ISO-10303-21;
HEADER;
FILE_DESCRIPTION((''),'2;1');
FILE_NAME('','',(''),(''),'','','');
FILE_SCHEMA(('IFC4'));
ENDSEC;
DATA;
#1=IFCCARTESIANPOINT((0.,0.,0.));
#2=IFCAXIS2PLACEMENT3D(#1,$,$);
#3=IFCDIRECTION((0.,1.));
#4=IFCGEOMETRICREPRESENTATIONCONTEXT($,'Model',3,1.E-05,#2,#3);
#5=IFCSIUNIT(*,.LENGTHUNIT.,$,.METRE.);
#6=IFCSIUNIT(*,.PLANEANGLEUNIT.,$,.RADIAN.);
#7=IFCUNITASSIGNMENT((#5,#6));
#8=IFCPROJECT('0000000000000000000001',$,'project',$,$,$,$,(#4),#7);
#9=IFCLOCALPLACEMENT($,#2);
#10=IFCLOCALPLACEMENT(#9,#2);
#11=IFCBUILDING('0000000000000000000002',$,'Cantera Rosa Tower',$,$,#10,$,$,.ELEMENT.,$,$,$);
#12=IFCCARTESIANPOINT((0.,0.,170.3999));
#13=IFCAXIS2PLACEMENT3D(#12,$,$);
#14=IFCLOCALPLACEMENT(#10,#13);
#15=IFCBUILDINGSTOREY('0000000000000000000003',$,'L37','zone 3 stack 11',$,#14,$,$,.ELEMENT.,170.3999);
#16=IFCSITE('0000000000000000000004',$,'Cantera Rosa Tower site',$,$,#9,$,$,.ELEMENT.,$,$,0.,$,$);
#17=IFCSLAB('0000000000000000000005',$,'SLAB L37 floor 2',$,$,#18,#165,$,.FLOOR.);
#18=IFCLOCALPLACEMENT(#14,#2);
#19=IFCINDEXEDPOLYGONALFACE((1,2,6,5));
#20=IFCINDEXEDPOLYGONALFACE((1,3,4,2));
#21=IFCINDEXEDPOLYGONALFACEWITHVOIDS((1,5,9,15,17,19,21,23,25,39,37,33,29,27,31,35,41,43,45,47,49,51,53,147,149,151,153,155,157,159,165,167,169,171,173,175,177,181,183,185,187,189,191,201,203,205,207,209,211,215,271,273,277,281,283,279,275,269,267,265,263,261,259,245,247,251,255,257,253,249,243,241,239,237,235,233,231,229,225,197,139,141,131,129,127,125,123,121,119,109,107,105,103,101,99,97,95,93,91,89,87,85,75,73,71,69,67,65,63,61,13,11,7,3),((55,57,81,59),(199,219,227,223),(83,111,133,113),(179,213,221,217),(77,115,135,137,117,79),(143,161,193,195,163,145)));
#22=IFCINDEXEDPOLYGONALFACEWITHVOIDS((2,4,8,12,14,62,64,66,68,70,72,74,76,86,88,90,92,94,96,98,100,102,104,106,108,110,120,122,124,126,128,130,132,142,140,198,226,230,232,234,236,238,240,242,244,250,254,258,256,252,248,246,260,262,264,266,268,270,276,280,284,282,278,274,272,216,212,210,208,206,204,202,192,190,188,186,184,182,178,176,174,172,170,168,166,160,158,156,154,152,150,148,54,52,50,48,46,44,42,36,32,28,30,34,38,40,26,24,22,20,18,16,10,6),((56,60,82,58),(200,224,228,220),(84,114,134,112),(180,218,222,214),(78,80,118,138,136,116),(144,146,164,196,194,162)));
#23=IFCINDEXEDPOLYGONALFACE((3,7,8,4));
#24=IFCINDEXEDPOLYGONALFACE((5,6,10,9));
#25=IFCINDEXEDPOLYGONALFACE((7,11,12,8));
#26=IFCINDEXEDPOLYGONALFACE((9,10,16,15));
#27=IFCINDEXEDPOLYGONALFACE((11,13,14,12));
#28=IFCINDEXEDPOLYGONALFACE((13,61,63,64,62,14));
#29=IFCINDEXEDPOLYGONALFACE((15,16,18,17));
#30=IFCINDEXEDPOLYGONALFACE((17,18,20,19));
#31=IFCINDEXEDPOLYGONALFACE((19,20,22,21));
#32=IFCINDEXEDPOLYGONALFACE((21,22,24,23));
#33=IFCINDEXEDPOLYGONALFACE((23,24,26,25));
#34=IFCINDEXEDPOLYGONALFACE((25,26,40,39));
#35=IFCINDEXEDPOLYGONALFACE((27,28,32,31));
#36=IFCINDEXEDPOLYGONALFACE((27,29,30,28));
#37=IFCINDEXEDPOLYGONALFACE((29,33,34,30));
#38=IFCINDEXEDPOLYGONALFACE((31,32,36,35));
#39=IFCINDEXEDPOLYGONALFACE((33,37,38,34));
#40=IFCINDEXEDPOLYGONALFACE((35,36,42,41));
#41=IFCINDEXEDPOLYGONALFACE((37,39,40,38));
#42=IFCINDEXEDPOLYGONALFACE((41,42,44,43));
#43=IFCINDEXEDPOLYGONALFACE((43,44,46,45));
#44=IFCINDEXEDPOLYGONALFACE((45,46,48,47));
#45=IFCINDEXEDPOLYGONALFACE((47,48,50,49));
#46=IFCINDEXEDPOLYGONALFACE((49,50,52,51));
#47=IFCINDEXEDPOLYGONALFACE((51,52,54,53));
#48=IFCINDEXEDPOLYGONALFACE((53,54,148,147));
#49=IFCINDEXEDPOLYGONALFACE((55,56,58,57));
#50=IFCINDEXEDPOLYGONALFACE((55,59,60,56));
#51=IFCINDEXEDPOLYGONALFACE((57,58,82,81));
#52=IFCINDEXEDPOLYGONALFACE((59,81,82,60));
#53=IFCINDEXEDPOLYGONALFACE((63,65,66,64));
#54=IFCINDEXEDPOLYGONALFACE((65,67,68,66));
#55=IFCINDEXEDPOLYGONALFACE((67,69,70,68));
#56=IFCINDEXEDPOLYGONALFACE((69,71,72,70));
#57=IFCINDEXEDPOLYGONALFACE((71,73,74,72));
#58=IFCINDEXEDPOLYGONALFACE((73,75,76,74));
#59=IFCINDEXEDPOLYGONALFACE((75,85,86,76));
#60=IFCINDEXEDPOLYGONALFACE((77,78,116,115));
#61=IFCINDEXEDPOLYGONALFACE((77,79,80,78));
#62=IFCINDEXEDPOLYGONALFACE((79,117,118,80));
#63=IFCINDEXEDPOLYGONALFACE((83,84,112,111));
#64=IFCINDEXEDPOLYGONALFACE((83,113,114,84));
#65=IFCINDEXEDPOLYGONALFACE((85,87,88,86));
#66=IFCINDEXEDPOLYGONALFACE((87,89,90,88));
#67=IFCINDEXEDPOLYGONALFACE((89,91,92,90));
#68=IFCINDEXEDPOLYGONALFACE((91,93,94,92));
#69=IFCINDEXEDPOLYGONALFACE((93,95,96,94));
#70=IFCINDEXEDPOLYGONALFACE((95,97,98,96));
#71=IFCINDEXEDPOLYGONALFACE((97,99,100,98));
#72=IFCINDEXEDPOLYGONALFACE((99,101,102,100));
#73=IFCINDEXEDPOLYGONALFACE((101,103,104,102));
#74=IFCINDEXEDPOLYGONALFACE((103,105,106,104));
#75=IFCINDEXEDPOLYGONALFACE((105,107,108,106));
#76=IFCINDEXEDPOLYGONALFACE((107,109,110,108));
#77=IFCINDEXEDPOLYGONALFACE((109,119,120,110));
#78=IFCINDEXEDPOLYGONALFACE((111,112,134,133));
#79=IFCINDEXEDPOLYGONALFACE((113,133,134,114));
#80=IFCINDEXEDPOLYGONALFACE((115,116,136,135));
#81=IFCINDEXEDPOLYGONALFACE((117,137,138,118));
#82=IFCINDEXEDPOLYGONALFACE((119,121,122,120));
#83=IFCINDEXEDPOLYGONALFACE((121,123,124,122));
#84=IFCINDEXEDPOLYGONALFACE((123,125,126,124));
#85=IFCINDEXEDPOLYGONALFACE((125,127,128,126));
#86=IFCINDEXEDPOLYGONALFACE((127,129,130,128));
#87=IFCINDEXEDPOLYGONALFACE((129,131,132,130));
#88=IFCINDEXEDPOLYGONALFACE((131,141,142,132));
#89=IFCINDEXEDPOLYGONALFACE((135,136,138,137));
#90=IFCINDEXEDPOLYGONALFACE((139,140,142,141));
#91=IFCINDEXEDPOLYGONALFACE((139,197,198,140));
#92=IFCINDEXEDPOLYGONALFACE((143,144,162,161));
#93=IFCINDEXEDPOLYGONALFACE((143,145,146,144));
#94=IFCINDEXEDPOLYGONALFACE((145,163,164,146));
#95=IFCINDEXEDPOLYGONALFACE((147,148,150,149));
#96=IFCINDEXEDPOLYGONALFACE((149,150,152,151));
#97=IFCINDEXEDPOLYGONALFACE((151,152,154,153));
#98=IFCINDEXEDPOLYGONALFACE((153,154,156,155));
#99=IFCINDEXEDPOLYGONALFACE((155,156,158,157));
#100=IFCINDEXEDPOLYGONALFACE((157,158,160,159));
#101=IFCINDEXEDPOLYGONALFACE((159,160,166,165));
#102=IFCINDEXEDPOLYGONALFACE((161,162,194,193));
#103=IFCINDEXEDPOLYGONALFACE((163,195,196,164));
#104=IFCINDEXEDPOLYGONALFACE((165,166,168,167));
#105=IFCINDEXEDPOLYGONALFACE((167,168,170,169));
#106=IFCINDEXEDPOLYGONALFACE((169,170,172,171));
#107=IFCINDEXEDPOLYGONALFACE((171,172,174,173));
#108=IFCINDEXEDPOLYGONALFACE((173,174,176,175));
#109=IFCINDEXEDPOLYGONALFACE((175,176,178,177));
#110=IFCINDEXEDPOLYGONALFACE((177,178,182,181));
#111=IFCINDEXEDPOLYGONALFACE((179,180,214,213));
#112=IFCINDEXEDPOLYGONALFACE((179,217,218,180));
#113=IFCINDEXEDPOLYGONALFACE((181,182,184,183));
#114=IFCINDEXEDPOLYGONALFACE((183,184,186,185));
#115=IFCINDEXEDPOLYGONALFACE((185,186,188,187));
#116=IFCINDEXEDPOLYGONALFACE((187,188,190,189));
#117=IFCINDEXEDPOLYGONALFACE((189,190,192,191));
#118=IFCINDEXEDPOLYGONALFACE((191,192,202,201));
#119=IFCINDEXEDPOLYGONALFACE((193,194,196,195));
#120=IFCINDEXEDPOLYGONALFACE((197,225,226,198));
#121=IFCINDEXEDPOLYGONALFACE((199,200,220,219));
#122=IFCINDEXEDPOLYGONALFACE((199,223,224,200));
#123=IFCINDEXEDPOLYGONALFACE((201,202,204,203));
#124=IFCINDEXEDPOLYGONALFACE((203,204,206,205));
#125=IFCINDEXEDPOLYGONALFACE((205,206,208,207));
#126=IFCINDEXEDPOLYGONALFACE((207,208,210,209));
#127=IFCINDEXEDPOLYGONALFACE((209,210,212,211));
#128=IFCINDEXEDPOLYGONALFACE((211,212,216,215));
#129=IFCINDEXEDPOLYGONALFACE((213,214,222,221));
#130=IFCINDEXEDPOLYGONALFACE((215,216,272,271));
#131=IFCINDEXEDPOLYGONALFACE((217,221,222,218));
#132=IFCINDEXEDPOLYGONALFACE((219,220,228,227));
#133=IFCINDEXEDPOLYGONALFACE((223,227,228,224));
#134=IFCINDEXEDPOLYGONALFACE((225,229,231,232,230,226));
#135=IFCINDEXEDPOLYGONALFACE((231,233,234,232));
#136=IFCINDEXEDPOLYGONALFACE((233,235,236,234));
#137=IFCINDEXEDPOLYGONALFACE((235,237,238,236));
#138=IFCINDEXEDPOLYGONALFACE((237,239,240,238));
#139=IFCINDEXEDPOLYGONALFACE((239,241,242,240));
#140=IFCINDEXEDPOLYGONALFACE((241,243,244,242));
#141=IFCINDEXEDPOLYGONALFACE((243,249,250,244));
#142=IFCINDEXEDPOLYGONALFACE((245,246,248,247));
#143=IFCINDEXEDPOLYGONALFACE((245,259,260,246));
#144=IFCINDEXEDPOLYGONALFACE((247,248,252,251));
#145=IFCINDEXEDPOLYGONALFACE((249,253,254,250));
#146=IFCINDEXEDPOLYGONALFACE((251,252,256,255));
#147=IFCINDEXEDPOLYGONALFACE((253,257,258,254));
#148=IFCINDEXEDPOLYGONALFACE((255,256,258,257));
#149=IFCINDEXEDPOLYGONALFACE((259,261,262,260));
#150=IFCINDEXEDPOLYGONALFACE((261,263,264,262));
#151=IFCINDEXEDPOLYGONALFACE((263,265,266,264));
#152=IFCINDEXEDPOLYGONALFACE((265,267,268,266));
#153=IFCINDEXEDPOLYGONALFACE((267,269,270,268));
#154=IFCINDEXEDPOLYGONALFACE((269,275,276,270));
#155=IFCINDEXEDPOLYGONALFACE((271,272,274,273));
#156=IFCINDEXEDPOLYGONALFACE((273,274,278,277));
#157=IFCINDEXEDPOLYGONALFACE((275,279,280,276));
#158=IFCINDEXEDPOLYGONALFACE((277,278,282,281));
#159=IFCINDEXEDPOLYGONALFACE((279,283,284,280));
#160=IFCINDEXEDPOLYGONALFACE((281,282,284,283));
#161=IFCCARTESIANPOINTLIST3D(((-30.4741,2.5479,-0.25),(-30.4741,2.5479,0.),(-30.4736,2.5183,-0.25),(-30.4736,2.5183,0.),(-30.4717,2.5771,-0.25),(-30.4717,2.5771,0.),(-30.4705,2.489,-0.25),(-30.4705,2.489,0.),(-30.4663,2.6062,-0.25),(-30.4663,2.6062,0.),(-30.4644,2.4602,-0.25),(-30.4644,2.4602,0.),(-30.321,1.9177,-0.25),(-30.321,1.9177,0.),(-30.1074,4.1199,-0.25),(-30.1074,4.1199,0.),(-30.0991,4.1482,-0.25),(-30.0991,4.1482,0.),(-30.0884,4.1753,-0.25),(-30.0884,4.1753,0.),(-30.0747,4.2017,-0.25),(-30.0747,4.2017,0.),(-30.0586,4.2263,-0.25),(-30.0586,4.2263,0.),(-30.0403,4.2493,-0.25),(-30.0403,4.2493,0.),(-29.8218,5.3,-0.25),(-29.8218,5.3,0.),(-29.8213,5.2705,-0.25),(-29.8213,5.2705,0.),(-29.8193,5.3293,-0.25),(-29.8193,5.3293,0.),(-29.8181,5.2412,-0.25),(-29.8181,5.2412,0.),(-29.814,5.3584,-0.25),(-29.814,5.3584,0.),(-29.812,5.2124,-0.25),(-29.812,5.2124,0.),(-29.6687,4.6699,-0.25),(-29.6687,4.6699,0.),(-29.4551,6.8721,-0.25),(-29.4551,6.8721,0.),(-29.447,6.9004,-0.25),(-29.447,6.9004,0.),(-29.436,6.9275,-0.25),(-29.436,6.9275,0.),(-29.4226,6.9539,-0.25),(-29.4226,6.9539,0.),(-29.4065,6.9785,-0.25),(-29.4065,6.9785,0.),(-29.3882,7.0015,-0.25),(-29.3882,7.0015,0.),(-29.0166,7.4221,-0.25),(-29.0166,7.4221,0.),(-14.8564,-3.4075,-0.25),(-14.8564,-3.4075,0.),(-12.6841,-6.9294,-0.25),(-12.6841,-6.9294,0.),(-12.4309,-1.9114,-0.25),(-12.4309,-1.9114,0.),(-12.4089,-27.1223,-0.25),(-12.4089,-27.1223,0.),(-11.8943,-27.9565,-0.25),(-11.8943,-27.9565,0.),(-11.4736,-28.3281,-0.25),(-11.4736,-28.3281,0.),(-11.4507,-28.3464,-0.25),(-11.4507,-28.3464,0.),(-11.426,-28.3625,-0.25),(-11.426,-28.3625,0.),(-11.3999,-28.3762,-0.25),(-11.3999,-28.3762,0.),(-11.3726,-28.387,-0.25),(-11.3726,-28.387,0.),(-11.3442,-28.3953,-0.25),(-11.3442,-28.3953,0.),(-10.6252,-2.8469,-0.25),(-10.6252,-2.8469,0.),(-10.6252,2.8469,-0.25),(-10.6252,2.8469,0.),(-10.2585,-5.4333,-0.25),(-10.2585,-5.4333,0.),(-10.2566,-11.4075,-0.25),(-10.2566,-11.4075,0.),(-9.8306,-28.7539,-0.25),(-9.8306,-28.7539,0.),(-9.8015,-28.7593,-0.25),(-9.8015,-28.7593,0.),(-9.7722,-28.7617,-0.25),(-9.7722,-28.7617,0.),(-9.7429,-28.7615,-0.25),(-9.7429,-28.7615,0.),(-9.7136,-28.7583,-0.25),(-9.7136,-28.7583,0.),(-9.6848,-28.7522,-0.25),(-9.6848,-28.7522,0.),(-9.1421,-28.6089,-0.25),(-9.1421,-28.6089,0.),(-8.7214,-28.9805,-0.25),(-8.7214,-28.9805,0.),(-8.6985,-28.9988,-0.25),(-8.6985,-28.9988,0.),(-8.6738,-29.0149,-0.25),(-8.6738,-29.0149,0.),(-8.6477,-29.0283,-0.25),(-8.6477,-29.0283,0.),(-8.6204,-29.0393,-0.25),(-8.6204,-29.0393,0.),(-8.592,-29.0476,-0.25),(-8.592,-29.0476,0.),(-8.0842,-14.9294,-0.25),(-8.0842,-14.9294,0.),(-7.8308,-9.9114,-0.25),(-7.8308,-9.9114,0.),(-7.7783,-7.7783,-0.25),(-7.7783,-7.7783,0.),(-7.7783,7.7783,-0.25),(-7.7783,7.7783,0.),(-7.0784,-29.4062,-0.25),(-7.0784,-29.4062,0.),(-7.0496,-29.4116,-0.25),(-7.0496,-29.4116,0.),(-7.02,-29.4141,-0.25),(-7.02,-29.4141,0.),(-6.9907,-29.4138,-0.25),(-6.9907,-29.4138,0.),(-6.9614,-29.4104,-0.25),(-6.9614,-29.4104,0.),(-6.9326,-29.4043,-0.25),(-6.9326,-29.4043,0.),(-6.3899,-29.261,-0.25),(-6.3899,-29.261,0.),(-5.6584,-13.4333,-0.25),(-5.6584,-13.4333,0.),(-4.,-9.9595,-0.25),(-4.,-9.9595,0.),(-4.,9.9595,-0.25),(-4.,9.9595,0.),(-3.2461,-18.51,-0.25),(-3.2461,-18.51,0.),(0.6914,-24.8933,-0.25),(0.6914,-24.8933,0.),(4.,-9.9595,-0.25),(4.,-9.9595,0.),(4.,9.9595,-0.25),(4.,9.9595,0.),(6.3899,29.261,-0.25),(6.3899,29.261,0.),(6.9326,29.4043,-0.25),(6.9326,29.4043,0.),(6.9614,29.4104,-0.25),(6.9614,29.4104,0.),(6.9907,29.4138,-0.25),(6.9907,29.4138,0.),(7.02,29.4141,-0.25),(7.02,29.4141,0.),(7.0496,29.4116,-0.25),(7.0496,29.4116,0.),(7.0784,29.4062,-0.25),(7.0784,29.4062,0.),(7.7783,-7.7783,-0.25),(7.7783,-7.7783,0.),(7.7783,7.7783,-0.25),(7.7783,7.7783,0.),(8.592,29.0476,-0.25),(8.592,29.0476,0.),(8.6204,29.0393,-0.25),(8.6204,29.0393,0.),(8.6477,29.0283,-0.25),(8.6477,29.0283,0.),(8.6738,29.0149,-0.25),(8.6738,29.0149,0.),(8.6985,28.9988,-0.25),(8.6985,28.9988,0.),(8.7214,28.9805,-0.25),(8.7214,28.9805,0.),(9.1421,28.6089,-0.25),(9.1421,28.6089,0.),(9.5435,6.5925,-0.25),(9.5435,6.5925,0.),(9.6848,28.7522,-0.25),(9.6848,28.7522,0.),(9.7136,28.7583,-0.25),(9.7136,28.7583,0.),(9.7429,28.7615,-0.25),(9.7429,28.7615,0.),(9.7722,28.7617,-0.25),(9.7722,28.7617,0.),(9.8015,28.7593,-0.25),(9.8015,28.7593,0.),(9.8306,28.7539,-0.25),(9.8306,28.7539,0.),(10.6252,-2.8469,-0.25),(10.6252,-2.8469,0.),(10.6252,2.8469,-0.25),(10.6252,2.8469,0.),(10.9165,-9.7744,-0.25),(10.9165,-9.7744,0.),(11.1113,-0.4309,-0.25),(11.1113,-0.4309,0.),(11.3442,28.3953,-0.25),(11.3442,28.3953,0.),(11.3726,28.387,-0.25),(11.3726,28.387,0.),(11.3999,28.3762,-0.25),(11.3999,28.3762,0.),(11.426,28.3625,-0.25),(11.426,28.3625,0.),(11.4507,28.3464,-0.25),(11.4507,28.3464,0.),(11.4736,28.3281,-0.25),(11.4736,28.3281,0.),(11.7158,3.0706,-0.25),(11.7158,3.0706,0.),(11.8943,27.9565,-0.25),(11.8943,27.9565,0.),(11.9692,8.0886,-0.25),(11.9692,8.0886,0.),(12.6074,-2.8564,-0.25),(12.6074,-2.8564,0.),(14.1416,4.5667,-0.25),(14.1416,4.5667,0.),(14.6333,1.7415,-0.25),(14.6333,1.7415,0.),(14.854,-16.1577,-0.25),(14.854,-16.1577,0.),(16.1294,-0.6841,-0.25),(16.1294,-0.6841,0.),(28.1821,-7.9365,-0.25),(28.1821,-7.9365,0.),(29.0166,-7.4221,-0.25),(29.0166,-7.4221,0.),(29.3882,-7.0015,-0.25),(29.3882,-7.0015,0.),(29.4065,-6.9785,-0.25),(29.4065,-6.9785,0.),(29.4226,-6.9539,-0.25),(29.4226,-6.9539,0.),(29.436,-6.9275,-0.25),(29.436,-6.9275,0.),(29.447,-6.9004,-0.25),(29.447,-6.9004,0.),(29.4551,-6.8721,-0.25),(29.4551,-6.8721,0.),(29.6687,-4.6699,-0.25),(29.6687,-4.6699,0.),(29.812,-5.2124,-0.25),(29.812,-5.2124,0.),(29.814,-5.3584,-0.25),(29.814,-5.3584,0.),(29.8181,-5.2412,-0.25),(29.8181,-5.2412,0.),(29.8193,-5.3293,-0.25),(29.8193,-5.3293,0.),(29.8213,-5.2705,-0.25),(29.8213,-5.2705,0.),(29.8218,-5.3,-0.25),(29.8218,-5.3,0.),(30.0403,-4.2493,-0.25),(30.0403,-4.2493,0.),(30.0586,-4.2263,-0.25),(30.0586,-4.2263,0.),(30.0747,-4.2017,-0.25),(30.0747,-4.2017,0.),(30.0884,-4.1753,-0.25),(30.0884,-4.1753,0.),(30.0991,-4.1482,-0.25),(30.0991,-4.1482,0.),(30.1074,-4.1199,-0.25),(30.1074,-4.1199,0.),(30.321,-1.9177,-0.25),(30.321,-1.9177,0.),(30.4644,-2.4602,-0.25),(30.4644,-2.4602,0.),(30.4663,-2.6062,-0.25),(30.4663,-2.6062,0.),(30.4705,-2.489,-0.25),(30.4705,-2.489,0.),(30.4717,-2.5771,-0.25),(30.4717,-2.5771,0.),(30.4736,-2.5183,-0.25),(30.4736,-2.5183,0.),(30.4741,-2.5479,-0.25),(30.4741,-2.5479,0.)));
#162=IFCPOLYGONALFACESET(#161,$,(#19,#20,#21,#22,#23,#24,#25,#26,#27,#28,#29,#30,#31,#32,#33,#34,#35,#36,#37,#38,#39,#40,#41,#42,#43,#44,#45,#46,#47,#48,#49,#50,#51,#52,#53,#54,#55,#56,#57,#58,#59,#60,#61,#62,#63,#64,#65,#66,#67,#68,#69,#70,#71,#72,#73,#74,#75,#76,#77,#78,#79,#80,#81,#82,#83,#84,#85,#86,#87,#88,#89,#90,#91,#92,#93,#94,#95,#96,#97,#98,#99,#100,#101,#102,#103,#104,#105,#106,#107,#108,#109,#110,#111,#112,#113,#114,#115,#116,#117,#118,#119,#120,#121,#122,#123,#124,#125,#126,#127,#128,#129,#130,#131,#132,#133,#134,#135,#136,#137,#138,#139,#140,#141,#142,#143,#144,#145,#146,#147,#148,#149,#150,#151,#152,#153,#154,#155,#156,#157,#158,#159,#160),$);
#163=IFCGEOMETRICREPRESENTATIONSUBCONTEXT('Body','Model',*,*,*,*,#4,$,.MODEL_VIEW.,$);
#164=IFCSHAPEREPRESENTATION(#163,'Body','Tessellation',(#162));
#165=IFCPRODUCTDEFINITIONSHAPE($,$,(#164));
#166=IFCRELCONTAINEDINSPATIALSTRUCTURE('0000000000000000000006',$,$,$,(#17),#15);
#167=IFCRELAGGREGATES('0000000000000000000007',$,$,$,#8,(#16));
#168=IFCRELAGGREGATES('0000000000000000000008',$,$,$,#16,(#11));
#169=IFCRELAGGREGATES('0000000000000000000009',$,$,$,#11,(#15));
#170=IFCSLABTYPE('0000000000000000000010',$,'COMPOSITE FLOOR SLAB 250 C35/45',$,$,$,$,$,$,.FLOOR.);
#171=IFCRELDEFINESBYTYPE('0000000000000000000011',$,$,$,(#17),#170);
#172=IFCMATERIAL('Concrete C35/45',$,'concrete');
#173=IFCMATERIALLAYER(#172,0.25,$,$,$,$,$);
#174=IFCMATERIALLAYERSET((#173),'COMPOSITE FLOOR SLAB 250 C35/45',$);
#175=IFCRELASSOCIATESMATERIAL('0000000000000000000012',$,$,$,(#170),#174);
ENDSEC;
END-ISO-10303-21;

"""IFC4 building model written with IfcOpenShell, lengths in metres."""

from ifc_helpers import new_model, si_unit, direction, frame, origin, place, context, subcontext, project, spatial, polyline, outline, extrude, material, layer, layer_set, type_object, element, save


model = new_model("IFC4")

# Units and contexts
model_context = context("Model", 3, precision=1e-05, world=origin(), true_north=direction((0.0, 1.0)))
body_context = subcontext(model_context, "Body", "Model", "MODEL_VIEW")
ifc_project = project(units=[si_unit("LENGTHUNIT", "METRE"), si_unit("PLANEANGLEUNIT", "RADIAN")], contexts=[model_context])

# Site, building, storey
site_placement = place(None, origin())
site = spatial("IfcSite", under=ifc_project, at=site_placement, Name="Cantera Rosa Tower site", CompositionType="ELEMENT", RefElevation=0.0)
building_placement = place(site_placement, origin())
building = spatial("IfcBuilding", under=site, at=building_placement, Name="Cantera Rosa Tower", CompositionType="ELEMENT")
storey_placement = place(building_placement, frame((0.0, 0.0, 170.3999)))
storey = spatial("IfcBuildingStorey", under=building, at=storey_placement, Name="L37", Description="zone 3 stack 11", CompositionType="ELEMENT", Elevation=170.3999)

# Slab
ifc_material_1 = material(Name="Concrete C35/45", Category="concrete")
ifc_layer_1 = layer(ifc_material_1, 0.25)
ifc_layer_set_1 = layer_set([ifc_layer_1], Name="COMPOSITE FLOOR SLAB 250 C35/45")
slab_type_1 = type_object("IfcSlabType", Name="COMPOSITE FLOOR SLAB 250 C35/45", PredefinedType="FLOOR", material=ifc_layer_set_1)
slab_1_placement = place(storey_placement, frame((0.0, 0.0, -0.25)))
element("IfcSlab", 1, at=slab_1_placement, inside=storey, type_object=slab_type_1, Name="SLAB L37 floor 2", PredefinedType="FLOOR", context=body_context, shape_type="SweptSolid", body=[
    extrude(outline(polyline([(-8.6738, -29.0149), (-8.6985, -28.9988), (-8.7214, -28.9805), (-9.1421, -28.6089), (-9.6848, -28.7522), (-9.7136, -28.7583), (-9.7429, -28.7615), (-9.7722, -28.7617), (-9.8015, -28.7593), (-9.8306, -28.7539), (-11.3442, -28.3953), (-11.3726, -28.387), (-11.3999, -28.3762), (-11.426, -28.3625), (-11.4507, -28.3464), (-11.4736, -28.3281), (-11.8943, -27.9565), (-12.4089, -27.1223), (-30.321, 1.9177), (-30.4644, 2.4602), (-30.4705, 2.489), (-30.4736, 2.5183), (-30.4741, 2.5479), (-30.4717, 2.5771), (-30.4663, 2.6062), (-30.1074, 4.1199), (-30.0991, 4.1482), (-30.0884, 4.1753), (-30.0747, 4.2017), (-30.0586, 4.2263), (-30.0403, 4.2493), (-29.6687, 4.6699), (-29.812, 5.2124), (-29.8181, 5.2412), (-29.8213, 5.2705), (-29.8218, 5.3), (-29.8193, 5.3293), (-29.814, 5.3584), (-29.4551, 6.8721), (-29.447, 6.9004), (-29.436, 6.9275), (-29.4226, 6.9539), (-29.4065, 6.9785), (-29.3882, 7.0015), (-29.0166, 7.4221), (6.3899, 29.261), (6.9326, 29.4043), (6.9614, 29.4104), (6.9907, 29.4138), (7.02, 29.4141), (7.0496, 29.4116), (7.0784, 29.4062), (8.592, 29.0476), (8.6204, 29.0393), (8.6477, 29.0283), (8.6738, 29.0149), (8.6985, 28.9988), (8.7214, 28.9805), (9.1421, 28.6089), (9.6848, 28.7522), (9.7136, 28.7583), (9.7429, 28.7615), (9.7722, 28.7617), (9.8015, 28.7593), (9.8306, 28.7539), (11.3442, 28.3953), (11.3726, 28.387), (11.3999, 28.3762), (11.426, 28.3625), (11.4507, 28.3464), (11.4736, 28.3281), (11.8943, 27.9565), (30.321, -1.9177), (30.4644, -2.4602), (30.4705, -2.489), (30.4736, -2.5183), (30.4741, -2.5479), (30.4717, -2.5771), (30.4663, -2.6062), (30.1074, -4.1199), (30.0991, -4.1482), (30.0884, -4.1753), (30.0747, -4.2017), (30.0586, -4.2263), (30.0403, -4.2493), (29.6687, -4.6699), (29.812, -5.2124), (29.8181, -5.2412), (29.8213, -5.2705), (29.8218, -5.3), (29.8193, -5.3293), (29.814, -5.3584), (29.4551, -6.8721), (29.447, -6.9004), (29.436, -6.9275), (29.4226, -6.9539), (29.4065, -6.9785), (29.3882, -7.0015), (29.0166, -7.4221), (28.1821, -7.9365), (14.854, -16.1577), (10.9165, -9.7744), (-3.2461, -18.51), (0.6914, -24.8933), (-6.3899, -29.261), (-6.9326, -29.4043), (-6.9614, -29.4104), (-6.9907, -29.4138), (-7.02, -29.4141), (-7.0496, -29.4116), (-7.0784, -29.4062), (-8.592, -29.0476), (-8.6204, -29.0393), (-8.6477, -29.0283), (-8.6738, -29.0149)]), holes=[polyline([(-7.8308, -9.9114), (-10.2566, -11.4075), (-8.0842, -14.9294), (-5.6584, -13.4333), (-7.8308, -9.9114)]), polyline([(-12.4309, -1.9114), (-14.8564, -3.4075), (-12.6841, -6.9294), (-10.2585, -5.4333), (-12.4309, -1.9114)]), polyline([(-10.6252, 2.8469), (-10.6252, -2.8469), (-7.7783, -7.7783), (-4.0, -9.9595), (-4.0, 9.9595), (-7.7783, 7.7783), (-10.6252, 2.8469)]), polyline([(11.1113, -0.4309), (12.6074, -2.8564), (16.1294, -0.6841), (14.6333, 1.7415), (11.1113, -0.4309)]), polyline([(10.6252, -2.8469), (10.6252, 2.8469), (7.7783, 7.7783), (4.0, 9.9595), (4.0, -9.9595), (7.7783, -7.7783), (10.6252, -2.8469)]), polyline([(11.9692, 8.0886), (9.5435, 6.5925), (11.7158, 3.0706), (14.1416, 4.5667), (11.9692, 8.0886)])]), origin(), (0.0, 0.0, 1.0), 0.25),
])

save(model, "model.ifc")
